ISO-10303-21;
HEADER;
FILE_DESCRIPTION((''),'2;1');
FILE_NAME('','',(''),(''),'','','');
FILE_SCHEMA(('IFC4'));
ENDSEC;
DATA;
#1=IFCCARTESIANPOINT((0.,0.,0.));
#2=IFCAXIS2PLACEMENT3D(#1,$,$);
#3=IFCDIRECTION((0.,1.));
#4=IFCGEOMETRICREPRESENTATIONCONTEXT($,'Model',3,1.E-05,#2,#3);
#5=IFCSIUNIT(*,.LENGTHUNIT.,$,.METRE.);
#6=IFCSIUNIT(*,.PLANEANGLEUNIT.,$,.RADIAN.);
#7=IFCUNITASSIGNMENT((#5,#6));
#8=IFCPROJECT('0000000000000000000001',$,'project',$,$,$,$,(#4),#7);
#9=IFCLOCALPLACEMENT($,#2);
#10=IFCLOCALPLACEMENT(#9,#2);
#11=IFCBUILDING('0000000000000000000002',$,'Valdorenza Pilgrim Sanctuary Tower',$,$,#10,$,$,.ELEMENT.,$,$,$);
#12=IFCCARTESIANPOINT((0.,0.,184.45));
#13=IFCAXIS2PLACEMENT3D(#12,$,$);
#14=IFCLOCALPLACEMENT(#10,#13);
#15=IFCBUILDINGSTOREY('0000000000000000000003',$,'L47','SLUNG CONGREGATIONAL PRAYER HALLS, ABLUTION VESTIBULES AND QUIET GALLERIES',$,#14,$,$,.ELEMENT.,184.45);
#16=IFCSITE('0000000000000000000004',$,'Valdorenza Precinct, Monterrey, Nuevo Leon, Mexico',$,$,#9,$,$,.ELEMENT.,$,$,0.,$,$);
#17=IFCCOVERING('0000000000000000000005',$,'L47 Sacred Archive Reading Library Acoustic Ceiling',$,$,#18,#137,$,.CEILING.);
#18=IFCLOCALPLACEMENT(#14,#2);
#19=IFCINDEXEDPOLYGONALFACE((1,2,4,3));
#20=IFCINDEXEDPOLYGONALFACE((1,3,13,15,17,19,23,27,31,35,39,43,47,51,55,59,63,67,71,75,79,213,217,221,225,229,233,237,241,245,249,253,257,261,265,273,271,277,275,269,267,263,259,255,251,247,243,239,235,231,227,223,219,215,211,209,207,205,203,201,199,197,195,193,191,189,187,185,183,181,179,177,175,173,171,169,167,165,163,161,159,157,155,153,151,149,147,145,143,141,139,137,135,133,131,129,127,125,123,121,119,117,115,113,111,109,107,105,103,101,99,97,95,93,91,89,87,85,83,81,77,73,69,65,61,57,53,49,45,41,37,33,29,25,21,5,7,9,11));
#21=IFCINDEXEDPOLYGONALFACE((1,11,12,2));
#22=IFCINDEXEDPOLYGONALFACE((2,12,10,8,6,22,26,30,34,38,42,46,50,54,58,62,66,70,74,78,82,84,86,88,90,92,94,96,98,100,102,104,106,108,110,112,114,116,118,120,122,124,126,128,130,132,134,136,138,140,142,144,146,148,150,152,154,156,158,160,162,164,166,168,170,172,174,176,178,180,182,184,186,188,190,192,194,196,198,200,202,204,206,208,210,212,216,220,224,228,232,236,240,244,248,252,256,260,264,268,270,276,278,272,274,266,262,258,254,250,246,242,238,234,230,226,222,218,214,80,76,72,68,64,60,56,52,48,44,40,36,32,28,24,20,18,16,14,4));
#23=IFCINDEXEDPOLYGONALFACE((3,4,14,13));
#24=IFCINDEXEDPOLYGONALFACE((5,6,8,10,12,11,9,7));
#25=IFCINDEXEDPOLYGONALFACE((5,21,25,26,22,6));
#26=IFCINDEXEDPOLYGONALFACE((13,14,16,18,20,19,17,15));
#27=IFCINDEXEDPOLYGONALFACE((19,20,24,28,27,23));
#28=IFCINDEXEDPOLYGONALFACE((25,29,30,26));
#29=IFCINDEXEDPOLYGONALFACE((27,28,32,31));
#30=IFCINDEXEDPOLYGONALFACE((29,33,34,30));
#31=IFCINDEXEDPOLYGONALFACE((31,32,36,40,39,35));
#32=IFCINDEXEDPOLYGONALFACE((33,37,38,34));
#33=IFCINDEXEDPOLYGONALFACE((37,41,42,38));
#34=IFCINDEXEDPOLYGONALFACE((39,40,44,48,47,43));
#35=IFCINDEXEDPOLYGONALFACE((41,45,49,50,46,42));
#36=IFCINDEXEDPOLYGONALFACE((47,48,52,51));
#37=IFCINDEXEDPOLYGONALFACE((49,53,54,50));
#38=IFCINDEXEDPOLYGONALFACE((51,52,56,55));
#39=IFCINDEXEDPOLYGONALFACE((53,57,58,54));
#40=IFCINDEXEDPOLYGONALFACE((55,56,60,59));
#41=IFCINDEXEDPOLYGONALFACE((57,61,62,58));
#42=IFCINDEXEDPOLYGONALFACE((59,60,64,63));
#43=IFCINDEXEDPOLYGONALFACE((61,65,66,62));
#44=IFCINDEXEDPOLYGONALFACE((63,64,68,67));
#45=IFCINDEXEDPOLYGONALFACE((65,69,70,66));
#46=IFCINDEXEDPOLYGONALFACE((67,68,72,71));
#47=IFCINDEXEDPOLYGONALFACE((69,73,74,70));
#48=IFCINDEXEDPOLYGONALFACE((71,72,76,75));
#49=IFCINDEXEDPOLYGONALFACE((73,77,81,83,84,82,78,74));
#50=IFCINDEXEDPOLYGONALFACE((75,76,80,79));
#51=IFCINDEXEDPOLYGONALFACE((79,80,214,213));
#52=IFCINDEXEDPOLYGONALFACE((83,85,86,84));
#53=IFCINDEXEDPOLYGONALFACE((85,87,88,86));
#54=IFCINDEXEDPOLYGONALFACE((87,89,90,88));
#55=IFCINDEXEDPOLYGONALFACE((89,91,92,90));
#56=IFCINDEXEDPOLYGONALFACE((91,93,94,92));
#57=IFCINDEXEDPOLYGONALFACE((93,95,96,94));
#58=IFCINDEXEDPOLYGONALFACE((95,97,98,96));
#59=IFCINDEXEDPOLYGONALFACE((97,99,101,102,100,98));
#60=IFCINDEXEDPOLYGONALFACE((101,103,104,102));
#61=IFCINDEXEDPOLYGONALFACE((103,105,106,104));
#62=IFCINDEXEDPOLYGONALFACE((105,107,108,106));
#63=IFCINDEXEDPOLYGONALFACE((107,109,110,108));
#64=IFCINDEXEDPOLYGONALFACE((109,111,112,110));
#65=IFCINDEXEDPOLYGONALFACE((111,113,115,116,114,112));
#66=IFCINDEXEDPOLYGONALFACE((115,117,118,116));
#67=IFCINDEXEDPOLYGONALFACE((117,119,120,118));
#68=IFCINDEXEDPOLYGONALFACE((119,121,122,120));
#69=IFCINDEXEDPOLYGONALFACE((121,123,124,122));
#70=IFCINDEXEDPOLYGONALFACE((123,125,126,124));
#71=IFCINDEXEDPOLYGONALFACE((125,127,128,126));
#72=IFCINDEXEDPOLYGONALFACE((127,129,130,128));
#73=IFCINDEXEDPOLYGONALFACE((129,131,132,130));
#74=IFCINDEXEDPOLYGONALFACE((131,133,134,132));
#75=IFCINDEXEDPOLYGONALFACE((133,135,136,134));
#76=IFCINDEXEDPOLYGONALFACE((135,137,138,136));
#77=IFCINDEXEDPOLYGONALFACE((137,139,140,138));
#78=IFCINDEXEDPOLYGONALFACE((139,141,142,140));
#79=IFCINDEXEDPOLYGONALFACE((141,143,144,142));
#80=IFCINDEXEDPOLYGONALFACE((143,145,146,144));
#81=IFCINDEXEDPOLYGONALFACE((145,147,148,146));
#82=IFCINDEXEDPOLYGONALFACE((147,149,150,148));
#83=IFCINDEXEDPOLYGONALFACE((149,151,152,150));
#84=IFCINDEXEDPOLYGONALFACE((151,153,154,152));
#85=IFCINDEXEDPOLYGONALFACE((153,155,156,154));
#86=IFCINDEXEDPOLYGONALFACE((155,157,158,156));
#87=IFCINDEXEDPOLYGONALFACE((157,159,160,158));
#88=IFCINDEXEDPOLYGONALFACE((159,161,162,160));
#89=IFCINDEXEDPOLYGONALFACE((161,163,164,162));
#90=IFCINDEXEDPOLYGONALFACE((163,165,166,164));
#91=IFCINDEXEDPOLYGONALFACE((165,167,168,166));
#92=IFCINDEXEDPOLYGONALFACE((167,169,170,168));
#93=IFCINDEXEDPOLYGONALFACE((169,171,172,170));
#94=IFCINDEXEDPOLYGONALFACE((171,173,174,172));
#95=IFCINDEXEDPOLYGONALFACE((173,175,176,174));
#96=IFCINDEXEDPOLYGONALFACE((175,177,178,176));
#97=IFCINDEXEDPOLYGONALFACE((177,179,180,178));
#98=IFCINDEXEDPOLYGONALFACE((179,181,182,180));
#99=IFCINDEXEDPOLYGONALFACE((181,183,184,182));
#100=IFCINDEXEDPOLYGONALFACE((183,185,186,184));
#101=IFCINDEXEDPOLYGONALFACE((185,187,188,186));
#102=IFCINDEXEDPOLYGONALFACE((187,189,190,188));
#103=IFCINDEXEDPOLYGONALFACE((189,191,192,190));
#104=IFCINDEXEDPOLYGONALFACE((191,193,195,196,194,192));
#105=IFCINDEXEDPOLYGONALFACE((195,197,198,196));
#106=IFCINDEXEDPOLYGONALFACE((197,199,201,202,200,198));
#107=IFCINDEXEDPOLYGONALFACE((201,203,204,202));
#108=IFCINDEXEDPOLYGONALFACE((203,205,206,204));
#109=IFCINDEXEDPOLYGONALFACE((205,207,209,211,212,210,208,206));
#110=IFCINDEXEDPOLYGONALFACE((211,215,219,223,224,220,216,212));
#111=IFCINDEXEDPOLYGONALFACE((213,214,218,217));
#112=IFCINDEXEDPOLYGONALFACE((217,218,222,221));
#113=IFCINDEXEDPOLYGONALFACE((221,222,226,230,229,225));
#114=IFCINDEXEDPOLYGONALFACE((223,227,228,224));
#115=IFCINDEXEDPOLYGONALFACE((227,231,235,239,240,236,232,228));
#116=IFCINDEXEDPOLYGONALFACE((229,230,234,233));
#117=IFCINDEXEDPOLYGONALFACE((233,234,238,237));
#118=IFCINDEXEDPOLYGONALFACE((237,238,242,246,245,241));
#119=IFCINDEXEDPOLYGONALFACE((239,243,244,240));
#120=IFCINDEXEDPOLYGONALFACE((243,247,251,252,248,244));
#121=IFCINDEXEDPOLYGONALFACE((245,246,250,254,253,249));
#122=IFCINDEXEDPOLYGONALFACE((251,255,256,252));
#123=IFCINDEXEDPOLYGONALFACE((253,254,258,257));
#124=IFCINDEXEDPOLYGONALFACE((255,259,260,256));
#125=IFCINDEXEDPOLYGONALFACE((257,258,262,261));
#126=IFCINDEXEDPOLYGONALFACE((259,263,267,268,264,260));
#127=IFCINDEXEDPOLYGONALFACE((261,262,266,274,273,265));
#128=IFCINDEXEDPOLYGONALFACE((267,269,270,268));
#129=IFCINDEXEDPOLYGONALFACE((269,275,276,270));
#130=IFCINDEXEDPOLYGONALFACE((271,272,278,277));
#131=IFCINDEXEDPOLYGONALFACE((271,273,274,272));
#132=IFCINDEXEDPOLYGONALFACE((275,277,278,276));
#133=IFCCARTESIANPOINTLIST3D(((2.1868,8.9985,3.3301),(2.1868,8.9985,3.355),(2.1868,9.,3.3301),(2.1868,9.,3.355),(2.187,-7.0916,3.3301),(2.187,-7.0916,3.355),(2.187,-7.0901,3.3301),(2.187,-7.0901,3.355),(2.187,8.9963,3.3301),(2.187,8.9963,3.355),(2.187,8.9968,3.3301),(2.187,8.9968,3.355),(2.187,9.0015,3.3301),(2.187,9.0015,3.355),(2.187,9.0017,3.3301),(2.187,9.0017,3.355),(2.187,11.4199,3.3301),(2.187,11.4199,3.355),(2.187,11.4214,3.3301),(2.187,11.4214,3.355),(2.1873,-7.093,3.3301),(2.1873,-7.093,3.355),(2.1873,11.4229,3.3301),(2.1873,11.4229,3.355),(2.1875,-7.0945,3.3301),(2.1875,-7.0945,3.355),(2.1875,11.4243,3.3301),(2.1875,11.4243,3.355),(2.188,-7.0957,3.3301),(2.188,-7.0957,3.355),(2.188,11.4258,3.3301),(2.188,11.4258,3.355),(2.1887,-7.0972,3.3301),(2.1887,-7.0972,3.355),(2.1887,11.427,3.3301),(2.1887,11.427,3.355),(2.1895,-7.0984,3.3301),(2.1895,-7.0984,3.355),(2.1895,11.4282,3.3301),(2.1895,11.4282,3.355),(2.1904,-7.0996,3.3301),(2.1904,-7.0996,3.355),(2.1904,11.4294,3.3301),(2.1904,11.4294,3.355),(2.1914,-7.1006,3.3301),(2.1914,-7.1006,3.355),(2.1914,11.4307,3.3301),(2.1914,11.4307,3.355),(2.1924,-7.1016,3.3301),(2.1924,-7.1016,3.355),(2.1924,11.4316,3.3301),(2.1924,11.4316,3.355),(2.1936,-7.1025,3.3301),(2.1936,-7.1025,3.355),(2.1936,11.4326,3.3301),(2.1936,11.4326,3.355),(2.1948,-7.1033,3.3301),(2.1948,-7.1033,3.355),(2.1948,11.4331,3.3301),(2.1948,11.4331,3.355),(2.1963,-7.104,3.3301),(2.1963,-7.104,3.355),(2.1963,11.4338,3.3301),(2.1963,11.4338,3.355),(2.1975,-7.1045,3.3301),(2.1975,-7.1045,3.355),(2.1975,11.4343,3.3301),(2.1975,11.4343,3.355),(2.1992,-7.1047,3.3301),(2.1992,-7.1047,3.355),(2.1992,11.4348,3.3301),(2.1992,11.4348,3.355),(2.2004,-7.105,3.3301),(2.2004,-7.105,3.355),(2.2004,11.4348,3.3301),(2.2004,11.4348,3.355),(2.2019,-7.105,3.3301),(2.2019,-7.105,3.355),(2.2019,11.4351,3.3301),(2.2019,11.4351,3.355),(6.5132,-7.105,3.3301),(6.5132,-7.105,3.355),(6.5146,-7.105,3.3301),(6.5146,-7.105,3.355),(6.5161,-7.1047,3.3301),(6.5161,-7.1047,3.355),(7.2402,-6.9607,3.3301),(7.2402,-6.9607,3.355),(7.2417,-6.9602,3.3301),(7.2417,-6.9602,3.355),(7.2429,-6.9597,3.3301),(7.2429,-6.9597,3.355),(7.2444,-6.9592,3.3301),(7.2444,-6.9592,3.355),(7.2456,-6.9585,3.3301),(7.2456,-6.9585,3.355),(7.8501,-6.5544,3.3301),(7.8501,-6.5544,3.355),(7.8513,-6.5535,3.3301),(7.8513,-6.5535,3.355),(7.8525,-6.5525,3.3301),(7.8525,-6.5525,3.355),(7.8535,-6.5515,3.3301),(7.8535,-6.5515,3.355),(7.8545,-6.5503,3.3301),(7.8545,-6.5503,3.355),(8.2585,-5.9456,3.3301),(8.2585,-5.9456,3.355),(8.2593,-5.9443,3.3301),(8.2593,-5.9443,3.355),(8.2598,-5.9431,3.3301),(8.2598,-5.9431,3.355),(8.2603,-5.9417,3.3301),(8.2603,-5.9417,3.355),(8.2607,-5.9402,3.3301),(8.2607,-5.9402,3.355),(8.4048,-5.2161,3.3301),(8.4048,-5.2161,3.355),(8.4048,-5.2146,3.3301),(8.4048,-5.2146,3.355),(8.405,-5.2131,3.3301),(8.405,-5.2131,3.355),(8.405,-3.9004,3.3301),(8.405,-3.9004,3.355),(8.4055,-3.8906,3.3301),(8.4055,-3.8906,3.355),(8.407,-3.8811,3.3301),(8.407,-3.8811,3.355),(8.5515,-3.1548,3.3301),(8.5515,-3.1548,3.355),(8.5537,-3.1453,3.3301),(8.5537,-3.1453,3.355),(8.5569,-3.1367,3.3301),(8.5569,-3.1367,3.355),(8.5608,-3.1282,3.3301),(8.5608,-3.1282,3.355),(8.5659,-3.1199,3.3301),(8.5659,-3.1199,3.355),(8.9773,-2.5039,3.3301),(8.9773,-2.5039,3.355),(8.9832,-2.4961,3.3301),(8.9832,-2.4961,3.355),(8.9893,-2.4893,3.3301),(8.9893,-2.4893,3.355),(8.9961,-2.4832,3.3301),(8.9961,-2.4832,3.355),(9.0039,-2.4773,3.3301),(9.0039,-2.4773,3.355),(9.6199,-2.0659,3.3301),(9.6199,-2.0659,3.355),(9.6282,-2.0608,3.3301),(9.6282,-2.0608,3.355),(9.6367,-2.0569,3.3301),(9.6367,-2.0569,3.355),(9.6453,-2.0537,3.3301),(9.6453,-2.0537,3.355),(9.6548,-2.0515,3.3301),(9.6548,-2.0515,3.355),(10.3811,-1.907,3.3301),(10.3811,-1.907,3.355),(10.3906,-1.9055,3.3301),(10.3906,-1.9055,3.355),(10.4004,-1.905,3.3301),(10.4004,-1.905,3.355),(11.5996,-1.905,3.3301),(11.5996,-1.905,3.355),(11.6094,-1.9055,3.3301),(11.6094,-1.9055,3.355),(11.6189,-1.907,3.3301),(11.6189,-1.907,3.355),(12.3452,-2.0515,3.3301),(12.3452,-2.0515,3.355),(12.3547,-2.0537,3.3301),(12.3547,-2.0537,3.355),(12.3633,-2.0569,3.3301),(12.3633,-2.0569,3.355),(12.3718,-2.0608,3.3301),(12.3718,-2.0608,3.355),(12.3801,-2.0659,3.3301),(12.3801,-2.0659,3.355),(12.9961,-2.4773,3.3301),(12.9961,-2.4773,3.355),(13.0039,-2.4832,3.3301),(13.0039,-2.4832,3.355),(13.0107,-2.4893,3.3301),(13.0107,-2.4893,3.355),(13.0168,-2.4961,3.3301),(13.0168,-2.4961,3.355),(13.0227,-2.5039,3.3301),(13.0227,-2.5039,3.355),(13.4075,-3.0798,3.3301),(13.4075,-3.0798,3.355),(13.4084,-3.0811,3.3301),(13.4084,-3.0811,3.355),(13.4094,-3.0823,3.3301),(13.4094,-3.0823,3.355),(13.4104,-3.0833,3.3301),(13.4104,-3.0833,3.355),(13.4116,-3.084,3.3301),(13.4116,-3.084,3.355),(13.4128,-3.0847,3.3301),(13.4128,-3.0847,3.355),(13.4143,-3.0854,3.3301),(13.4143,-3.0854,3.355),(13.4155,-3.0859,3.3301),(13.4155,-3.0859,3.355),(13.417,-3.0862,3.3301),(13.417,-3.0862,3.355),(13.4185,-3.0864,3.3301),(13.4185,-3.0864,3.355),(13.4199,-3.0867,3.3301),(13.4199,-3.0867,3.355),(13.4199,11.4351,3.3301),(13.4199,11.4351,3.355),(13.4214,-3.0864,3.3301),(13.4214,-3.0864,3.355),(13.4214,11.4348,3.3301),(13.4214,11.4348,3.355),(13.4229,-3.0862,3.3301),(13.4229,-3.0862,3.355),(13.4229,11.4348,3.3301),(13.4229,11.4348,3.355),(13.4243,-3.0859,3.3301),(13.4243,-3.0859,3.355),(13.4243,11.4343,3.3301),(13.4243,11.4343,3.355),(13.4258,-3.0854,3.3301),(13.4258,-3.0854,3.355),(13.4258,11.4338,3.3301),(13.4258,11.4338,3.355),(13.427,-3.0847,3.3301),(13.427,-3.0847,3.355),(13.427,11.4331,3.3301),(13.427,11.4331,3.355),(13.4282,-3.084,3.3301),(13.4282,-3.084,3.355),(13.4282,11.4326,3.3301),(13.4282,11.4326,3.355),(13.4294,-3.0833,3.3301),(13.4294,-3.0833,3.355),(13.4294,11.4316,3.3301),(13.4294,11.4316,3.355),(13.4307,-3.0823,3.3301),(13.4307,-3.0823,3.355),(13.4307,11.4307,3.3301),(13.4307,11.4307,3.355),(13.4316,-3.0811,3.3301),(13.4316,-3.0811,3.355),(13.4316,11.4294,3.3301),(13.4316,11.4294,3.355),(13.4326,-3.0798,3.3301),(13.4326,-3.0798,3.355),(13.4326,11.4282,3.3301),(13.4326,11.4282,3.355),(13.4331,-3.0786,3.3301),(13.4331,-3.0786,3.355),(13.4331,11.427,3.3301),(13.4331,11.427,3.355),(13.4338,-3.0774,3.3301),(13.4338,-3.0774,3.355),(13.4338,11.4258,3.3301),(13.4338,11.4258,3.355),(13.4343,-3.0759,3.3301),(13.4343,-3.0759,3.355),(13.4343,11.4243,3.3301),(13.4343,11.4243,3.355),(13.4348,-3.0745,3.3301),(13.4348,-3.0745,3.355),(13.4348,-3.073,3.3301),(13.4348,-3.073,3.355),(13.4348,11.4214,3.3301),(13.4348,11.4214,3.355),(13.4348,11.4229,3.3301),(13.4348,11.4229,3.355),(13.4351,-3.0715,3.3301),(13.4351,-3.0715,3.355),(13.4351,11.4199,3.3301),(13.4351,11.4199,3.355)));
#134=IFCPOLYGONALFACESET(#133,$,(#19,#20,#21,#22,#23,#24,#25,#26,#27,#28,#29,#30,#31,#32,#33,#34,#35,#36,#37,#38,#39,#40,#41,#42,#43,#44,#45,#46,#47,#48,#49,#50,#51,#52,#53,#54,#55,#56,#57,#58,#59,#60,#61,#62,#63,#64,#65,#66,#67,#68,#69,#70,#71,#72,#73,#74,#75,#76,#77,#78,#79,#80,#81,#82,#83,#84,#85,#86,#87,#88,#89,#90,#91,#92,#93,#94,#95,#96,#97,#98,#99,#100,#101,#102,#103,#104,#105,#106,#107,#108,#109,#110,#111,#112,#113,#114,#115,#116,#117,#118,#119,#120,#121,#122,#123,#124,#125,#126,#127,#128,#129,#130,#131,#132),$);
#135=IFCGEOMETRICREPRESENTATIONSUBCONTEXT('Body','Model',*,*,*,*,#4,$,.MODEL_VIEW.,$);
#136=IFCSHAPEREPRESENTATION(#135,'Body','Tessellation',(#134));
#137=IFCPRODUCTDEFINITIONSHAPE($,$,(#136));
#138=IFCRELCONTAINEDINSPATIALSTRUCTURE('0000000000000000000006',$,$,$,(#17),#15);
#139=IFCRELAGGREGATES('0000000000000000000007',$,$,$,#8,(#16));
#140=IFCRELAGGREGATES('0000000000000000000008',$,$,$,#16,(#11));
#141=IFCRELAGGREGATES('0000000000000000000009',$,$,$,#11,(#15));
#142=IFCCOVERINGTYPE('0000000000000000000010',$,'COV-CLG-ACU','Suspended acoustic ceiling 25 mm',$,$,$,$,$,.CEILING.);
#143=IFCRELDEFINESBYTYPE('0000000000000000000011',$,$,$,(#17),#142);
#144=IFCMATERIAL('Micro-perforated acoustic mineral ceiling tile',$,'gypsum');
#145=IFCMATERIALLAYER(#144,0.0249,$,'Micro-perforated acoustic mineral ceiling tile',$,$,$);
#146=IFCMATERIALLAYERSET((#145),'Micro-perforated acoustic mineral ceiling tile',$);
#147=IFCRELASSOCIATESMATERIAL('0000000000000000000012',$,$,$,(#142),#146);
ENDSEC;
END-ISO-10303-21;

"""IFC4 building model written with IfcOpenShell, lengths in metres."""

from ifc_helpers import new_model, si_unit, direction, frame, origin, place, context, subcontext, project, spatial, polyline, outline, extrude, material, layer, layer_set, type_object, element, save


model = new_model("IFC4")

# Units and contexts
model_context = context("Model", 3, precision=1e-05, world=origin(), true_north=direction((0.0, 1.0)))
body_context = subcontext(model_context, "Body", "Model", "MODEL_VIEW")
ifc_project = project(units=[si_unit("LENGTHUNIT", "METRE"), si_unit("PLANEANGLEUNIT", "RADIAN")], contexts=[model_context])

# Site, building, storey
site_placement = place(None, origin())
site = spatial("IfcSite", under=ifc_project, at=site_placement, Name="Valdorenza Precinct, Monterrey, Nuevo Leon, Mexico", CompositionType="ELEMENT", RefElevation=0.0)
building_placement = place(site_placement, origin())
building = spatial("IfcBuilding", under=site, at=building_placement, Name="Valdorenza Pilgrim Sanctuary Tower", CompositionType="ELEMENT")
storey_placement = place(building_placement, frame((0.0, 0.0, 184.45)))
storey = spatial("IfcBuildingStorey", under=building, at=storey_placement, Name="L47", Description="SLUNG CONGREGATIONAL PRAYER HALLS, ABLUTION VESTIBULES AND QUIET GALLERIES", CompositionType="ELEMENT", Elevation=184.45)

# Covering
ifc_material_1 = material(Name="Micro-perforated acoustic mineral ceiling tile", Category="gypsum")
ifc_layer_1 = layer(ifc_material_1, 0.0249, Name="Micro-perforated acoustic mineral ceiling tile")
ifc_layer_set_1 = layer_set([ifc_layer_1], Name="Micro-perforated acoustic mineral ceiling tile")
covering_type_1 = type_object("IfcCoveringType", Name="COV-CLG-ACU", Description="Suspended acoustic ceiling 25 mm", PredefinedType="CEILING", material=ifc_layer_set_1)
covering_1_placement = place(storey_placement, frame((0.0, 0.0, 3.3301)))
element("IfcCovering", 1, at=covering_1_placement, inside=storey, type_object=covering_type_1, Name="L47 Sacred Archive Reading Library Acoustic Ceiling", PredefinedType="CEILING", context=body_context, shape_type="SweptSolid", body=[
    extrude(outline(polyline([(2.187, 8.9963), (2.187, 8.9968), (2.1868, 8.9985), (2.1868, 9.0), (2.187, 9.0015), (2.187, 9.0017), (2.187, 11.4199), (2.187, 11.4214), (2.1873, 11.4229), (2.1875, 11.4243), (2.188, 11.4258), (2.1887, 11.427), (2.1895, 11.4282), (2.1904, 11.4294), (2.1914, 11.4307), (2.1924, 11.4316), (2.1936, 11.4326), (2.1948, 11.4331), (2.1963, 11.4338), (2.1975, 11.4343), (2.1992, 11.4348), (2.2004, 11.4348), (2.2019, 11.4351), (13.4199, 11.4351), (13.4214, 11.4348), (13.4229, 11.4348), (13.4243, 11.4343), (13.4258, 11.4338), (13.427, 11.4331), (13.4282, 11.4326), (13.4294, 11.4316), (13.4307, 11.4307), (13.4316, 11.4294), (13.4326, 11.4282), (13.4331, 11.427), (13.4338, 11.4258), (13.4343, 11.4243), (13.4348, 11.4229), (13.4348, 11.4214), (13.4351, 11.4199), (13.4351, -3.0715), (13.4348, -3.073), (13.4348, -3.0745), (13.4343, -3.0759), (13.4338, -3.0774), (13.4331, -3.0786), (13.4326, -3.0798), (13.4316, -3.0811), (13.4307, -3.0823), (13.4294, -3.0833), (13.4282, -3.084), (13.427, -3.0847), (13.4258, -3.0854), (13.4243, -3.0859), (13.4229, -3.0862), (13.4214, -3.0864), (13.4199, -3.0867), (13.4185, -3.0864), (13.417, -3.0862), (13.4155, -3.0859), (13.4143, -3.0854), (13.4128, -3.0847), (13.4116, -3.084), (13.4104, -3.0833), (13.4094, -3.0823), (13.4084, -3.0811), (13.4075, -3.0798), (13.0227, -2.5039), (13.0168, -2.4961), (13.0107, -2.4893), (13.0039, -2.4832), (12.9961, -2.4773), (12.3801, -2.0659), (12.3718, -2.0608), (12.3633, -2.0569), (12.3547, -2.0537), (12.3452, -2.0515), (11.6189, -1.907), (11.6094, -1.9055), (11.5996, -1.905), (10.4004, -1.905), (10.3906, -1.9055), (10.3811, -1.907), (9.6548, -2.0515), (9.6453, -2.0537), (9.6367, -2.0569), (9.6282, -2.0608), (9.6199, -2.0659), (9.0039, -2.4773), (8.9961, -2.4832), (8.9893, -2.4893), (8.9832, -2.4961), (8.9773, -2.5039), (8.5659, -3.1199), (8.5608, -3.1282), (8.5569, -3.1367), (8.5537, -3.1453), (8.5515, -3.1548), (8.407, -3.8811), (8.4055, -3.8906), (8.405, -3.9004), (8.405, -5.2131), (8.4048, -5.2146), (8.4048, -5.2161), (8.2607, -5.9402), (8.2603, -5.9417), (8.2598, -5.9431), (8.2593, -5.9443), (8.2585, -5.9456), (7.8545, -6.5503), (7.8535, -6.5515), (7.8525, -6.5525), (7.8513, -6.5535), (7.8501, -6.5544), (7.2456, -6.9585), (7.2444, -6.9592), (7.2429, -6.9597), (7.2417, -6.9602), (7.2402, -6.9607), (6.5161, -7.1047), (6.5146, -7.105), (6.5132, -7.105), (2.2019, -7.105), (2.2004, -7.105), (2.1992, -7.1047), (2.1975, -7.1045), (2.1963, -7.104), (2.1948, -7.1033), (2.1936, -7.1025), (2.1924, -7.1016), (2.1914, -7.1006), (2.1904, -7.0996), (2.1895, -7.0984), (2.1887, -7.0972), (2.188, -7.0957), (2.1875, -7.0945), (2.1873, -7.093), (2.187, -7.0916), (2.187, -7.0901), (2.187, 8.9963)])), origin(), (0.0, 0.0, 1.0), 0.0249),
])

save(model, "model.ifc")
